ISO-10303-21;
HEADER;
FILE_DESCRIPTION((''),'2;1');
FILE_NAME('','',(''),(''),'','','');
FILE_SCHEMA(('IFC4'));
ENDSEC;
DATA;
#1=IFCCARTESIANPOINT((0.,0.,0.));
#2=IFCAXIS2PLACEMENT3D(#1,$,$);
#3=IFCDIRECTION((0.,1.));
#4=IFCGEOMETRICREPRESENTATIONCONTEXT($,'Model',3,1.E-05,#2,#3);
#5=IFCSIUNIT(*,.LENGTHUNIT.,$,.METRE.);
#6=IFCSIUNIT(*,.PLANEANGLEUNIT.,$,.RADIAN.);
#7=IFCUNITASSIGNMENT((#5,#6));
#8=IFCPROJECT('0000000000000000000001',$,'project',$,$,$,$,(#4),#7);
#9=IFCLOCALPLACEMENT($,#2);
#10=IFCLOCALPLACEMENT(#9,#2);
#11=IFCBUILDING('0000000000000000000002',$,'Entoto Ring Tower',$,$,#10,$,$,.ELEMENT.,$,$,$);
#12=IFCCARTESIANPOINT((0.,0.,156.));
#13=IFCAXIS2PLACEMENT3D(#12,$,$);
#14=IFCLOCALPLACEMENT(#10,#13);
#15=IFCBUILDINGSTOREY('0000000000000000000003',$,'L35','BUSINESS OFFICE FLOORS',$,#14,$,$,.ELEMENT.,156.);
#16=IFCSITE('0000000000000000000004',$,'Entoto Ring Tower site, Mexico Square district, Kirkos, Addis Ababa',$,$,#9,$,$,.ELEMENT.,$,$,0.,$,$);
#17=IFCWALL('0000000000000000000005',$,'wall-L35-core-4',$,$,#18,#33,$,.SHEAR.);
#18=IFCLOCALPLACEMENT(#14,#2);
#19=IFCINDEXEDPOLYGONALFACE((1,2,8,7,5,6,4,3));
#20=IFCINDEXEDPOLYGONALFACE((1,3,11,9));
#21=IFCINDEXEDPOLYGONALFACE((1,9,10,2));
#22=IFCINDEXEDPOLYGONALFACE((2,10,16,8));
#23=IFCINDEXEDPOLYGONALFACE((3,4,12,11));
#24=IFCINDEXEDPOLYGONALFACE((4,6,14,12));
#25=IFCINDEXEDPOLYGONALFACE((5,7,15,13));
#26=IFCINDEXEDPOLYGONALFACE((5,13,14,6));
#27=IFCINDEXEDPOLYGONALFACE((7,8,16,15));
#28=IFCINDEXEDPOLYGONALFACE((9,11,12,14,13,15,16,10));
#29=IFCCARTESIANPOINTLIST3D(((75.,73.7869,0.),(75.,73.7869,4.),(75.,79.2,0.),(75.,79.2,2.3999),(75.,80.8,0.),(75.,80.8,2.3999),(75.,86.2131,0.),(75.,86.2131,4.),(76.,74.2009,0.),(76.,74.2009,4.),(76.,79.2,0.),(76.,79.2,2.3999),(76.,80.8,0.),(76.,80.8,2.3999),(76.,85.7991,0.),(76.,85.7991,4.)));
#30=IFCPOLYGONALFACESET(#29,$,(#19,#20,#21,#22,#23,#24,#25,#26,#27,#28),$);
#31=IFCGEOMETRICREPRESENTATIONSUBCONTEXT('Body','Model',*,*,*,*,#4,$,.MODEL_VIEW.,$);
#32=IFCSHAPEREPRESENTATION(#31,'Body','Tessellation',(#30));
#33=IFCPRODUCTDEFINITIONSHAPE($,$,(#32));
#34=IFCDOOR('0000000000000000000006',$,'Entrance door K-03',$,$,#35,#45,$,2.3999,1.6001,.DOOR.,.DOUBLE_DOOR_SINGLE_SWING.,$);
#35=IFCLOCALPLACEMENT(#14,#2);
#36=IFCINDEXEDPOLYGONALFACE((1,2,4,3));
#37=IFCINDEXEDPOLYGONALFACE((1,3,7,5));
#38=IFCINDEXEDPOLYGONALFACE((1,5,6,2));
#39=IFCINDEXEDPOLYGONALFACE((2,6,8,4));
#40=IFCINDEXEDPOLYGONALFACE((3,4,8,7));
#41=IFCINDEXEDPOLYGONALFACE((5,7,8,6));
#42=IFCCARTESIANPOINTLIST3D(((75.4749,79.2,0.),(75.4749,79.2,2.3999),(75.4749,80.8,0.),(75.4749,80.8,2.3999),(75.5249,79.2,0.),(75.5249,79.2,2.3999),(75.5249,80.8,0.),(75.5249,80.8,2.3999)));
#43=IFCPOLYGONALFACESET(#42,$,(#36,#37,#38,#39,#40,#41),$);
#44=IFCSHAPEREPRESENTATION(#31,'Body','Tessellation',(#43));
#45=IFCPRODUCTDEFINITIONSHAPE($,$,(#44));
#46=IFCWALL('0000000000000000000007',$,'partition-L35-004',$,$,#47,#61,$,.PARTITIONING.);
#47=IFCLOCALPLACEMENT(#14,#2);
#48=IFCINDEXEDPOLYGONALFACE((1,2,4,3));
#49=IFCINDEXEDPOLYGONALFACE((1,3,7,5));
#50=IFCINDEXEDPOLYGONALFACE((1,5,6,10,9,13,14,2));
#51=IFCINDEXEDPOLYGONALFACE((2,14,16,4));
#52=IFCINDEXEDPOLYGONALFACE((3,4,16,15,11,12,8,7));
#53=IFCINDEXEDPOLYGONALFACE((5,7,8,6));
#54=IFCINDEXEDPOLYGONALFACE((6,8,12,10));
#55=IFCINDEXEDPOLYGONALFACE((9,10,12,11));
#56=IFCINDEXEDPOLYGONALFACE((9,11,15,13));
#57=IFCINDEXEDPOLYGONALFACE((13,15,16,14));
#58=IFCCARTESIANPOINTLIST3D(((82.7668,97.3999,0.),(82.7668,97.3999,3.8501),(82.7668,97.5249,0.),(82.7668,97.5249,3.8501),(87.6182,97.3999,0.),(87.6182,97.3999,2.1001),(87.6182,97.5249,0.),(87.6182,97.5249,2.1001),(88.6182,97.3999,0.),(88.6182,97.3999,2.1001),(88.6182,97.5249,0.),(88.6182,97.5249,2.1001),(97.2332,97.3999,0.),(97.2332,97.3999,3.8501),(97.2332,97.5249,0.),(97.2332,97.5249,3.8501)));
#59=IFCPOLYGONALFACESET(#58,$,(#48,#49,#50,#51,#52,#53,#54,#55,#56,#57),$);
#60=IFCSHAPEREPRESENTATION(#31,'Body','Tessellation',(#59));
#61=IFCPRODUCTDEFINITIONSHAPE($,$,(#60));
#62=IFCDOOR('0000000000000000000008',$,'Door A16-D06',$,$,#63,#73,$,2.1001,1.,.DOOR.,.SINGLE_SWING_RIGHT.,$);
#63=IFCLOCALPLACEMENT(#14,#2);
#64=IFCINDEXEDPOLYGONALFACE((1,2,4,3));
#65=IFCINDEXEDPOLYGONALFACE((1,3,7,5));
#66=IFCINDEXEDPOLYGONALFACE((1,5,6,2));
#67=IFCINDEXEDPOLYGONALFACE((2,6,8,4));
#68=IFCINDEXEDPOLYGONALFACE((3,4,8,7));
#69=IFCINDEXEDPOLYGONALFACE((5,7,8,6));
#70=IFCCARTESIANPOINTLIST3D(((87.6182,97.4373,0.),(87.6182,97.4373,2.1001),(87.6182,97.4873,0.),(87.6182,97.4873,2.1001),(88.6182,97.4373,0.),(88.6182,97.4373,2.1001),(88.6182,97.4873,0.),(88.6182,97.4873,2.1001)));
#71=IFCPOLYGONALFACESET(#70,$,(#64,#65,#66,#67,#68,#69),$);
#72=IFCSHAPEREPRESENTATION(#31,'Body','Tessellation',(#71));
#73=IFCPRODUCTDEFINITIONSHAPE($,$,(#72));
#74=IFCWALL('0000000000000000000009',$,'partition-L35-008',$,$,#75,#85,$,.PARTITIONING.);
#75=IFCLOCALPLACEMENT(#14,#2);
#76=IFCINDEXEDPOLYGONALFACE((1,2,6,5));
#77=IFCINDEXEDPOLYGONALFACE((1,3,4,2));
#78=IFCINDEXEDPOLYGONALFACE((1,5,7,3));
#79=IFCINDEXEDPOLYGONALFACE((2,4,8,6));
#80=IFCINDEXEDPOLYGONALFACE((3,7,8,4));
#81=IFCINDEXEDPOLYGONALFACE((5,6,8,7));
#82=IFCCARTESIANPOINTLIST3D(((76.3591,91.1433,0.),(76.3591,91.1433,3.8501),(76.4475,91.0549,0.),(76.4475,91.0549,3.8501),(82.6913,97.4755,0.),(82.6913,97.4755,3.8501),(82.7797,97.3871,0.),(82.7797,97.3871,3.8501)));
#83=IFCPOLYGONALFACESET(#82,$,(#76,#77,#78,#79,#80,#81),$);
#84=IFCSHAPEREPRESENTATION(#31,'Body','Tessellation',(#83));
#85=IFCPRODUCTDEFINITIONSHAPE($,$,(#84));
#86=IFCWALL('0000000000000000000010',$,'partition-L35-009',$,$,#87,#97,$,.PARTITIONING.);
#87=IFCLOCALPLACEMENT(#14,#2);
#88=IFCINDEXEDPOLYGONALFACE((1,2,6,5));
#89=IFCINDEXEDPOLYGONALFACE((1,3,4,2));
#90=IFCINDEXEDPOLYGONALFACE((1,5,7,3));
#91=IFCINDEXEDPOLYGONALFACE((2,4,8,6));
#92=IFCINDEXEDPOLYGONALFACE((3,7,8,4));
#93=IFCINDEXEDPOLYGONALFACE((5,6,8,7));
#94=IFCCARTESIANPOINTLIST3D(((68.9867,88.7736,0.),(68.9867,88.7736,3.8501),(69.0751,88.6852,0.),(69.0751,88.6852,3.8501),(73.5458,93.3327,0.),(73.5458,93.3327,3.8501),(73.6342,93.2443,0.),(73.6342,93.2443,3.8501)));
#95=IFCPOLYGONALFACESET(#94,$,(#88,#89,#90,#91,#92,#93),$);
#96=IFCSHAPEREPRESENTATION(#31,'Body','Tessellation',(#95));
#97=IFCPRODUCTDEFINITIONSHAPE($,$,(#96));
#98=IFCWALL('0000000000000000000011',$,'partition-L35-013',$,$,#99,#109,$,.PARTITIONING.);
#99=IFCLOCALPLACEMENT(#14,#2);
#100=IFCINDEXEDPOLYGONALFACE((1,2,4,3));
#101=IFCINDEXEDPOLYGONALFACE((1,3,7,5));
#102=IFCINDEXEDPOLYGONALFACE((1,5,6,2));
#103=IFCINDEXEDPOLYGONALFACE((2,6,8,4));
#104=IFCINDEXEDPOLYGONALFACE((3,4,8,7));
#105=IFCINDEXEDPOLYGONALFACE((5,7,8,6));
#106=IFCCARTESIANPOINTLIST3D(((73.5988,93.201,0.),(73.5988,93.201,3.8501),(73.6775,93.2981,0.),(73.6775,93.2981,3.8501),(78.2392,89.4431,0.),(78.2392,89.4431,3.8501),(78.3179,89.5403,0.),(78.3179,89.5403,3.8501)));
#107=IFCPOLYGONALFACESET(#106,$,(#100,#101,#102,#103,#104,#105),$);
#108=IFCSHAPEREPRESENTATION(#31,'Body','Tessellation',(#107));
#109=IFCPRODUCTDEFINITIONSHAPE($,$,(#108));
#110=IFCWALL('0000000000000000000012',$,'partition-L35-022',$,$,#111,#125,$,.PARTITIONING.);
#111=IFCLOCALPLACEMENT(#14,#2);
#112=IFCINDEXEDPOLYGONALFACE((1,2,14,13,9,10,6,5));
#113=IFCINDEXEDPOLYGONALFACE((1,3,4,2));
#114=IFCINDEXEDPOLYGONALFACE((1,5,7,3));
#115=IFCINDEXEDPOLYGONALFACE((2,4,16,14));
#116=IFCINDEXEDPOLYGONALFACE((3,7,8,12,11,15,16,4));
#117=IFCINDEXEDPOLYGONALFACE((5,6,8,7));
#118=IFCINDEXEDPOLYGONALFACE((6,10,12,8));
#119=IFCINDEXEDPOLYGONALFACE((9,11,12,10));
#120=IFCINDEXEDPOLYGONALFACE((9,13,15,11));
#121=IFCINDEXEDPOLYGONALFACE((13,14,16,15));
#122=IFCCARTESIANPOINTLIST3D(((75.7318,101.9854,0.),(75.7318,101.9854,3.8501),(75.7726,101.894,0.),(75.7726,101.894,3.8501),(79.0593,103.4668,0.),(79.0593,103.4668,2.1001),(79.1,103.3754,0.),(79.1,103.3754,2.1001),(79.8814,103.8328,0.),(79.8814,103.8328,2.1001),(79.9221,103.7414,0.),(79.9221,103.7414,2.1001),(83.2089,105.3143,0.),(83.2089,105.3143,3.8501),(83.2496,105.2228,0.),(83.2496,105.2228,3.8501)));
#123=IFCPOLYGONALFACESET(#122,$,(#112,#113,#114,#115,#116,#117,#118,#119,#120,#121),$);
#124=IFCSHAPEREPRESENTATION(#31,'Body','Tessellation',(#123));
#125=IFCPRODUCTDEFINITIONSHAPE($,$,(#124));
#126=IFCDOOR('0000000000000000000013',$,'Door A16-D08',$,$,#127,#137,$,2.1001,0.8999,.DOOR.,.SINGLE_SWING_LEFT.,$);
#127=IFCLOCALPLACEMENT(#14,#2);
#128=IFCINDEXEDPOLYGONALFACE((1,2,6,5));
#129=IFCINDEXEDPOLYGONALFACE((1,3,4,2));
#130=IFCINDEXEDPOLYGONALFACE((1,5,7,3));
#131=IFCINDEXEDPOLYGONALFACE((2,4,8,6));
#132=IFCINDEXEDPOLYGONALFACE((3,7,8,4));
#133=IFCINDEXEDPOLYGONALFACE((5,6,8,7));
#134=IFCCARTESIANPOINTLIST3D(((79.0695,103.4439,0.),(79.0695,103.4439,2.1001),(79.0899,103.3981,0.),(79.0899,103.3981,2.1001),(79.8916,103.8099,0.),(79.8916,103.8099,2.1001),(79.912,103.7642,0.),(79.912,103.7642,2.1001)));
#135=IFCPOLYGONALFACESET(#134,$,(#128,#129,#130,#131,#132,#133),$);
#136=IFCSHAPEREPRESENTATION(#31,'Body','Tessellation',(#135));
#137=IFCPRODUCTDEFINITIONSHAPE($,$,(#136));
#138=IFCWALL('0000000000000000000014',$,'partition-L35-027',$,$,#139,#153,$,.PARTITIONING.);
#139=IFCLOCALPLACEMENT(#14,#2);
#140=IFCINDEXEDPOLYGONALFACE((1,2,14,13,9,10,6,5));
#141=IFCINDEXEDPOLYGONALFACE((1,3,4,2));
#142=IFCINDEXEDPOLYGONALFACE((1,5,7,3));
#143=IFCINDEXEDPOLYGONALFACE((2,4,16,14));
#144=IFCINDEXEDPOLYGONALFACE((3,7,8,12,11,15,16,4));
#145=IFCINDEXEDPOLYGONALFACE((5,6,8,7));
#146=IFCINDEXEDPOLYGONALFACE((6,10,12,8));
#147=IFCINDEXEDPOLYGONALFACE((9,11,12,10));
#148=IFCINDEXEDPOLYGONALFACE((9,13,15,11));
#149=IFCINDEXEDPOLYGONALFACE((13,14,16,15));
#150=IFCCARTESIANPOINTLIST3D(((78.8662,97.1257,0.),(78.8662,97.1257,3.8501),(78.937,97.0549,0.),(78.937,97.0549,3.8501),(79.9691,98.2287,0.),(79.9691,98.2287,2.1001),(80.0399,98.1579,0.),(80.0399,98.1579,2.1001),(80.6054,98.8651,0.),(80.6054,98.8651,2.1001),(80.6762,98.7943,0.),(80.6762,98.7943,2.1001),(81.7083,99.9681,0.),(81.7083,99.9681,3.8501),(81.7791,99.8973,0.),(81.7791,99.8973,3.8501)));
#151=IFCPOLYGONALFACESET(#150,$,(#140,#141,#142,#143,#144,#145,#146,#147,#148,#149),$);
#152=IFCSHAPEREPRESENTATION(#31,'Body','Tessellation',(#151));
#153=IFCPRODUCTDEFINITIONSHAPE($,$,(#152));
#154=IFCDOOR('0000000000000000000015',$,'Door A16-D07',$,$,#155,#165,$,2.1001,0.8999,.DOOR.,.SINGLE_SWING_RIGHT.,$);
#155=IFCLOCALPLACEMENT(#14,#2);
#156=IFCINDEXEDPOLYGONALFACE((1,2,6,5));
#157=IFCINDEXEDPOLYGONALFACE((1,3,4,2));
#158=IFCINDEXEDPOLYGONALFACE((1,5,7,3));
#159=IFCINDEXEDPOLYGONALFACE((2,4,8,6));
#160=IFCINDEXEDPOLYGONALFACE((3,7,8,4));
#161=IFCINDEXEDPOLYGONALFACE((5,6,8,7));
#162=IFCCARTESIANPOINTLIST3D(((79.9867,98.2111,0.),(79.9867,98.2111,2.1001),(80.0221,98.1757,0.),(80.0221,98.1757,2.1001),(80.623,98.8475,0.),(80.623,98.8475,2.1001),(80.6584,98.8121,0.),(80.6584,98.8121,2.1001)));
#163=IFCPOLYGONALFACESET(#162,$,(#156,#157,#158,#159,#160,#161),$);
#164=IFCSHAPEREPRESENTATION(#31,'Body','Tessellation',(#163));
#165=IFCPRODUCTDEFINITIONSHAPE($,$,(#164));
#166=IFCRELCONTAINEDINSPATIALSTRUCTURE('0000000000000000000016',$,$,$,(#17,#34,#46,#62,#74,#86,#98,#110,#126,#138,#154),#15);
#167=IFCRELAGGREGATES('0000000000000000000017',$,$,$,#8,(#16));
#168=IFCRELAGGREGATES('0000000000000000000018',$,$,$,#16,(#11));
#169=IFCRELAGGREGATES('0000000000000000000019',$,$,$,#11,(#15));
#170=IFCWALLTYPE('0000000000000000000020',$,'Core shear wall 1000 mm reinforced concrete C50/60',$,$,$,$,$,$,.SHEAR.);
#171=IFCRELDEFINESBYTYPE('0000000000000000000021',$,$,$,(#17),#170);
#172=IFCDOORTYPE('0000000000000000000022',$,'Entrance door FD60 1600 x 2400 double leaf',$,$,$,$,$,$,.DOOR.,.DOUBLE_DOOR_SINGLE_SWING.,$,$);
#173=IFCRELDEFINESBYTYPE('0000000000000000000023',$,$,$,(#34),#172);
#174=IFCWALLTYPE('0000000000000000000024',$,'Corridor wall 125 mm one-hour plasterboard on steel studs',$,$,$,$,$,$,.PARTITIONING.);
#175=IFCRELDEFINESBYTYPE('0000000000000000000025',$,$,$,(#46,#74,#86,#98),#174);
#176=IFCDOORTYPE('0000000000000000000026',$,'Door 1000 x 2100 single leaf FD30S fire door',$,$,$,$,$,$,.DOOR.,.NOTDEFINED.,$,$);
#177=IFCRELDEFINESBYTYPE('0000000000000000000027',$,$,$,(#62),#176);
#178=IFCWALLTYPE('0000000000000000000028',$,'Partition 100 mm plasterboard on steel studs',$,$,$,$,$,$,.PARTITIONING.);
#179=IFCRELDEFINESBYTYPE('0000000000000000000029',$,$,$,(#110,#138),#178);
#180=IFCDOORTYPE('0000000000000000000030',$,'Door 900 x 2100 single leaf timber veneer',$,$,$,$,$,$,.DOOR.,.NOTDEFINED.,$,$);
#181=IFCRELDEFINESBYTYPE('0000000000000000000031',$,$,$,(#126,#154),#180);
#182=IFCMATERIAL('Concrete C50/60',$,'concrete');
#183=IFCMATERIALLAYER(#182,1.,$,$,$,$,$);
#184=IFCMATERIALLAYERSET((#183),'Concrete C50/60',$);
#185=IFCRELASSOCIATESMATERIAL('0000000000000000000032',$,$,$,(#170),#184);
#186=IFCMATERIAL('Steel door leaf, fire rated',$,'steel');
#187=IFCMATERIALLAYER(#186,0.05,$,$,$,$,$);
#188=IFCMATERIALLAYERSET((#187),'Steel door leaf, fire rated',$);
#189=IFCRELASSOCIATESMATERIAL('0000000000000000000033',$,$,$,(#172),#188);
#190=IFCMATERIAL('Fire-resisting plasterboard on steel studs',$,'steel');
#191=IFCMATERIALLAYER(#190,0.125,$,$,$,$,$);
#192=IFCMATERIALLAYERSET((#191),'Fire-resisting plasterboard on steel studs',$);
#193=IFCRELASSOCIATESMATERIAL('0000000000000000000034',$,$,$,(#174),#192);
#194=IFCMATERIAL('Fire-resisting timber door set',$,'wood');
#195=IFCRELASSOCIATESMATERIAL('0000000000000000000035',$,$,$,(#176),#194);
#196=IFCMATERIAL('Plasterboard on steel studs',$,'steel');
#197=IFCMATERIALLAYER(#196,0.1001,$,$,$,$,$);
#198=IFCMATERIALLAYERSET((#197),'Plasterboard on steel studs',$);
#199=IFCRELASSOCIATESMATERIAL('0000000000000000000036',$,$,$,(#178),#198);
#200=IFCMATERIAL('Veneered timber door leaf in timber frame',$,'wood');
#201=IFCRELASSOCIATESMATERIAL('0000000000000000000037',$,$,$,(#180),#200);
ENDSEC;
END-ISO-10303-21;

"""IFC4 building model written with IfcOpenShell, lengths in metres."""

from ifc_helpers import new_model, si_unit, direction, frame, frame_2d, origin, place, context, subcontext, project, spatial, polyline, rectangle, outline, extrude, material, layer, layer_set, type_object, element, fill, save


model = new_model("IFC4")

# Units and contexts
model_context = context("Model", 3, precision=1e-05, world=origin(), true_north=direction((0.0, 1.0)))
body_context = subcontext(model_context, "Body", "Model", "MODEL_VIEW")
ifc_project = project(units=[si_unit("LENGTHUNIT", "METRE"), si_unit("PLANEANGLEUNIT", "RADIAN")], contexts=[model_context])

# Site, building, storey
site_placement = place(None, origin())
site = spatial("IfcSite", under=ifc_project, at=site_placement, Name="Entoto Ring Tower site, Mexico Square district, Kirkos, Addis Ababa", CompositionType="ELEMENT", RefElevation=0.0)
building_placement = place(site_placement, origin())
building = spatial("IfcBuilding", under=site, at=building_placement, Name="Entoto Ring Tower", CompositionType="ELEMENT")
storey_placement = place(building_placement, frame((0.0, 0.0, 156.0)))
storey = spatial("IfcBuildingStorey", under=building, at=storey_placement, Name="L35", Description="BUSINESS OFFICE FLOORS", CompositionType="ELEMENT", Elevation=156.0)

# Walls, openings, doors
ifc_material_1 = material(Name="Concrete C50/60", Category="concrete")
ifc_layer_1 = layer(ifc_material_1, 1.0)
ifc_layer_set_1 = layer_set([ifc_layer_1], Name="Concrete C50/60")
wall_type_1 = type_object("IfcWallType", Name="Core shear wall 1000 mm reinforced concrete C50/60", PredefinedType="SHEAR", material=ifc_layer_set_1)
wall_1_placement = place(storey_placement, frame((75.5, 86.0061, 0.0), z_axis=(0.0, 0.0, 1.0), x_axis=(0.0, -1.0, 0.0)))
wall_1 = element("IfcWall", 1, at=wall_1_placement, inside=storey, type_object=wall_type_1, Name="wall-L35-core-4", PredefinedType="SHEAR", context=body_context, shape_type="SweptSolid", body=[
    extrude(outline(polyline([(-0.207, -0.5), (12.2192, -0.5), (11.8052, 0.5), (0.207, 0.5), (-0.207, -0.5)])), origin(), (0.0, 0.0, 1.0), 4.0),
])
opening_1_placement = place(wall_1_placement, frame((5.2061, 0.0, 0.0)))
opening_1 = element("IfcOpeningElement", 2, at=opening_1_placement, cuts=wall_1, PredefinedType="OPENING", context=body_context, shape_type="SweptSolid", body=[
    extrude(rectangle(XDim=1.6001, YDim=2.3999, at=frame_2d((0.8, 1.2))), frame((0.0, 0.51, 0.0), z_axis=(0.0, -1.0, 0.0), x_axis=(1.0, 0.0, 0.0)), (0.0, 0.0, 1.0), 1.02),
])
ifc_material_2 = material(Name="Steel door leaf, fire rated", Category="steel")
ifc_layer_2 = layer(ifc_material_2, 0.05)
ifc_layer_set_2 = layer_set([ifc_layer_2], Name="Steel door leaf, fire rated")
door_type_1 = type_object("IfcDoorType", Name="Entrance door FD60 1600 x 2400 double leaf", OperationType="DOUBLE_DOOR_SINGLE_SWING", PredefinedType="DOOR", material=ifc_layer_set_2)
door_1_placement = place(opening_1_placement, origin())
door_1 = element("IfcDoor", 3, at=door_1_placement, inside=storey, type_object=door_type_1, Name="Entrance door K-03", OperationType="DOUBLE_DOOR_SINGLE_SWING", OverallHeight=2.3999, OverallWidth=1.6001, PredefinedType="DOOR", context=body_context, shape_type="SweptSolid", body=[
    extrude(rectangle(XDim=1.6001, YDim=2.3999, at=frame_2d((0.8, 1.2))), frame((0.0, 0.0249, 0.0), z_axis=(0.0, -1.0, 0.0), x_axis=(1.0, 0.0, 0.0)), (0.0, 0.0, 1.0), 0.05),
])
fill(opening_1, door_1)
ifc_material_3 = material(Name="Fire-resisting plasterboard on steel studs", Category="steel")
ifc_layer_3 = layer(ifc_material_3, 0.125)
ifc_layer_set_3 = layer_set([ifc_layer_3], Name="Fire-resisting plasterboard on steel studs")
wall_type_2 = type_object("IfcWallType", Name="Corridor wall 125 mm one-hour plasterboard on steel studs", PredefinedType="PARTITIONING", material=ifc_layer_set_3)
wall_2_placement = place(storey_placement, frame((82.7668, 97.4624, 0.0), z_axis=(0.0, 0.0, 1.0), x_axis=(1.0, 0.0, 0.0)))
wall_2 = element("IfcWall", 4, at=wall_2_placement, inside=storey, type_object=wall_type_2, Name="partition-L35-004", PredefinedType="PARTITIONING", context=body_context, shape_type="SweptSolid", body=[
    extrude(rectangle(XDim=14.4663, YDim=0.125, at=frame_2d((7.2332, 0.0))), origin(), (0.0, 0.0, 1.0), 3.8501),
])
opening_2_placement = place(wall_2_placement, frame((4.8513, 0.0, 0.0)))
opening_2 = element("IfcOpeningElement", 5, at=opening_2_placement, cuts=wall_2, PredefinedType="OPENING", context=body_context, shape_type="SweptSolid", body=[
    extrude(rectangle(XDim=1.0, YDim=2.1001, at=frame_2d((0.5, 1.05))), frame((0.0, 0.0725, 0.0), z_axis=(0.0, -1.0, 0.0), x_axis=(1.0, 0.0, 0.0)), (0.0, 0.0, 1.0), 0.145),
])
ifc_material_4 = material(Name="Fire-resisting timber door set", Category="wood")
door_type_2 = type_object("IfcDoorType", Name="Door 1000 x 2100 single leaf FD30S fire door", OperationType="NOTDEFINED", PredefinedType="DOOR", material=ifc_material_4)
door_2_placement = place(opening_2_placement, origin())
door_2 = element("IfcDoor", 6, at=door_2_placement, inside=storey, type_object=door_type_2, Name="Door A16-D06", OperationType="SINGLE_SWING_RIGHT", OverallHeight=2.1001, OverallWidth=1.0, PredefinedType="DOOR", context=body_context, shape_type="SweptSolid", body=[
    extrude(rectangle(XDim=1.0, YDim=2.1001, at=frame_2d((0.5, 1.05))), frame((0.0, 0.0249, 0.0), z_axis=(0.0, -1.0, 0.0), x_axis=(1.0, 0.0, 0.0)), (0.0, 0.0, 1.0), 0.05),
])
fill(opening_2, door_2)

# Walls
wall_3_placement = place(storey_placement, frame((76.4033, 91.0991, 0.0), z_axis=(0.0, 0.0, 1.0), x_axis=(0.707107, 0.707107, 0.0)))
element("IfcWall", 7, at=wall_3_placement, inside=storey, type_object=wall_type_2, Name="partition-L35-008", PredefinedType="PARTITIONING", context=body_context, shape_type="SweptSolid", body=[
    extrude(rectangle(XDim=8.9551, YDim=0.125, at=frame_2d((4.4775, 0.0))), origin(), (0.0, 0.0, 1.0), 3.8501),
])
wall_4_placement = place(storey_placement, frame((69.031, 88.7295, 0.0), z_axis=(0.0, 0.0, 1.0), x_axis=(0.707107, 0.707107, 0.0)))
element("IfcWall", 8, at=wall_4_placement, inside=storey, type_object=wall_type_2, Name="partition-L35-009", PredefinedType="PARTITIONING", context=body_context, shape_type="SweptSolid", body=[
    extrude(rectangle(XDim=6.4475, YDim=0.125, at=frame_2d((3.2236, 0.0))), origin(), (0.0, 0.0, 1.0), 3.8501),
])
wall_5_placement = place(storey_placement, frame((78.2786, 89.4917, 0.0), z_axis=(0.0, 0.0, 1.0), x_axis=(-0.777137, 0.629331, 0.0)))
element("IfcWall", 9, at=wall_5_placement, inside=storey, type_object=wall_type_2, Name="partition-L35-013", PredefinedType="PARTITIONING", context=body_context, shape_type="SweptSolid", body=[
    extrude(rectangle(XDim=5.9712, YDim=0.125, at=frame_2d((2.9856, 0.0))), origin(), (0.0, 0.0, 1.0), 3.8501),
])

# Walls, openings, doors
ifc_material_5 = material(Name="Plasterboard on steel studs", Category="steel")
ifc_layer_4 = layer(ifc_material_5, 0.1001)
ifc_layer_set_4 = layer_set([ifc_layer_4], Name="Plasterboard on steel studs")
wall_type_3 = type_object("IfcWallType", Name="Partition 100 mm plasterboard on steel studs", PredefinedType="PARTITIONING", material=ifc_layer_set_4)
wall_6_placement = place(storey_placement, frame((75.7522, 101.9397, 0.0), z_axis=(0.0, 0.0, 1.0), x_axis=(0.913552, 0.406722, 0.0)))
wall_6 = element("IfcWall", 10, at=wall_6_placement, inside=storey, type_object=wall_type_3, Name="partition-L35-022", PredefinedType="PARTITIONING", context=body_context, shape_type="SweptSolid", body=[
    extrude(rectangle(XDim=8.1846, YDim=0.1001, at=frame_2d((4.0923, 0.0))), origin(), (0.0, 0.0, 1.0), 3.8501),
])
opening_3_placement = place(wall_6_placement, frame((3.6423, 0.0, 0.0)))
opening_3 = element("IfcOpeningElement", 11, at=opening_3_placement, cuts=wall_6, PredefinedType="OPENING", context=body_context, shape_type="SweptSolid", body=[
    extrude(rectangle(XDim=0.8999, YDim=2.1001, at=frame_2d((0.45, 1.05))), frame((0.0, 0.0601, 0.0), z_axis=(0.0, -1.0, 0.0), x_axis=(1.0, 0.0, 0.0)), (0.0, 0.0, 1.0), 0.1201),
])
ifc_material_6 = material(Name="Veneered timber door leaf in timber frame", Category="wood")
door_type_3 = type_object("IfcDoorType", Name="Door 900 x 2100 single leaf timber veneer", OperationType="NOTDEFINED", PredefinedType="DOOR", material=ifc_material_6)
door_3_placement = place(opening_3_placement, origin())
door_3 = element("IfcDoor", 12, at=door_3_placement, inside=storey, type_object=door_type_3, Name="Door A16-D08", OperationType="SINGLE_SWING_LEFT", OverallHeight=2.1001, OverallWidth=0.8999, PredefinedType="DOOR", context=body_context, shape_type="SweptSolid", body=[
    extrude(rectangle(XDim=0.8999, YDim=2.1001, at=frame_2d((0.45, 1.05))), frame((0.0, 0.0249, 0.0), z_axis=(0.0, -1.0, 0.0), x_axis=(1.0, 0.0, 0.0)), (0.0, 0.0, 1.0), 0.05),
])
fill(opening_3, door_3)
wall_7_placement = place(storey_placement, frame((78.9016, 97.0903, 0.0), z_axis=(0.0, 0.0, 1.0), x_axis=(0.707076, 0.707137, 0.0)))
wall_7 = element("IfcWall", 13, at=wall_7_placement, inside=storey, type_object=wall_type_3, Name="partition-L35-027", PredefinedType="PARTITIONING", context=body_context, shape_type="SweptSolid", body=[
    extrude(rectangle(XDim=4.0195, YDim=0.1001, at=frame_2d((2.0098, 0.0))), origin(), (0.0, 0.0, 1.0), 3.8501),
])
opening_4_placement = place(wall_7_placement, frame((1.5598, 0.0, 0.0)))
opening_4 = element("IfcOpeningElement", 14, at=opening_4_placement, cuts=wall_7, PredefinedType="OPENING", context=body_context, shape_type="SweptSolid", body=[
    extrude(rectangle(XDim=0.8999, YDim=2.1001, at=frame_2d((0.45, 1.05))), frame((0.0, 0.0601, 0.0), z_axis=(0.0, -1.0, 0.0), x_axis=(1.0, 0.0, 0.0)), (0.0, 0.0, 1.0), 0.1201),
])
door_4_placement = place(opening_4_placement, frame((0.8999, 0.0, 0.0), z_axis=(0.0, 0.0, 1.0), x_axis=(-1.0, 0.0, 0.0)))
door_4 = element("IfcDoor", 15, at=door_4_placement, inside=storey, type_object=door_type_3, Name="Door A16-D07", OperationType="SINGLE_SWING_RIGHT", OverallHeight=2.1001, OverallWidth=0.8999, PredefinedType="DOOR", context=body_context, shape_type="SweptSolid", body=[
    extrude(rectangle(XDim=0.8999, YDim=2.1001, at=frame_2d((0.45, 1.05))), frame((0.0, 0.0249, 0.0), z_axis=(0.0, -1.0, 0.0), x_axis=(1.0, 0.0, 0.0)), (0.0, 0.0, 1.0), 0.05),
])
fill(opening_4, door_4)

save(model, "model.ifc")
